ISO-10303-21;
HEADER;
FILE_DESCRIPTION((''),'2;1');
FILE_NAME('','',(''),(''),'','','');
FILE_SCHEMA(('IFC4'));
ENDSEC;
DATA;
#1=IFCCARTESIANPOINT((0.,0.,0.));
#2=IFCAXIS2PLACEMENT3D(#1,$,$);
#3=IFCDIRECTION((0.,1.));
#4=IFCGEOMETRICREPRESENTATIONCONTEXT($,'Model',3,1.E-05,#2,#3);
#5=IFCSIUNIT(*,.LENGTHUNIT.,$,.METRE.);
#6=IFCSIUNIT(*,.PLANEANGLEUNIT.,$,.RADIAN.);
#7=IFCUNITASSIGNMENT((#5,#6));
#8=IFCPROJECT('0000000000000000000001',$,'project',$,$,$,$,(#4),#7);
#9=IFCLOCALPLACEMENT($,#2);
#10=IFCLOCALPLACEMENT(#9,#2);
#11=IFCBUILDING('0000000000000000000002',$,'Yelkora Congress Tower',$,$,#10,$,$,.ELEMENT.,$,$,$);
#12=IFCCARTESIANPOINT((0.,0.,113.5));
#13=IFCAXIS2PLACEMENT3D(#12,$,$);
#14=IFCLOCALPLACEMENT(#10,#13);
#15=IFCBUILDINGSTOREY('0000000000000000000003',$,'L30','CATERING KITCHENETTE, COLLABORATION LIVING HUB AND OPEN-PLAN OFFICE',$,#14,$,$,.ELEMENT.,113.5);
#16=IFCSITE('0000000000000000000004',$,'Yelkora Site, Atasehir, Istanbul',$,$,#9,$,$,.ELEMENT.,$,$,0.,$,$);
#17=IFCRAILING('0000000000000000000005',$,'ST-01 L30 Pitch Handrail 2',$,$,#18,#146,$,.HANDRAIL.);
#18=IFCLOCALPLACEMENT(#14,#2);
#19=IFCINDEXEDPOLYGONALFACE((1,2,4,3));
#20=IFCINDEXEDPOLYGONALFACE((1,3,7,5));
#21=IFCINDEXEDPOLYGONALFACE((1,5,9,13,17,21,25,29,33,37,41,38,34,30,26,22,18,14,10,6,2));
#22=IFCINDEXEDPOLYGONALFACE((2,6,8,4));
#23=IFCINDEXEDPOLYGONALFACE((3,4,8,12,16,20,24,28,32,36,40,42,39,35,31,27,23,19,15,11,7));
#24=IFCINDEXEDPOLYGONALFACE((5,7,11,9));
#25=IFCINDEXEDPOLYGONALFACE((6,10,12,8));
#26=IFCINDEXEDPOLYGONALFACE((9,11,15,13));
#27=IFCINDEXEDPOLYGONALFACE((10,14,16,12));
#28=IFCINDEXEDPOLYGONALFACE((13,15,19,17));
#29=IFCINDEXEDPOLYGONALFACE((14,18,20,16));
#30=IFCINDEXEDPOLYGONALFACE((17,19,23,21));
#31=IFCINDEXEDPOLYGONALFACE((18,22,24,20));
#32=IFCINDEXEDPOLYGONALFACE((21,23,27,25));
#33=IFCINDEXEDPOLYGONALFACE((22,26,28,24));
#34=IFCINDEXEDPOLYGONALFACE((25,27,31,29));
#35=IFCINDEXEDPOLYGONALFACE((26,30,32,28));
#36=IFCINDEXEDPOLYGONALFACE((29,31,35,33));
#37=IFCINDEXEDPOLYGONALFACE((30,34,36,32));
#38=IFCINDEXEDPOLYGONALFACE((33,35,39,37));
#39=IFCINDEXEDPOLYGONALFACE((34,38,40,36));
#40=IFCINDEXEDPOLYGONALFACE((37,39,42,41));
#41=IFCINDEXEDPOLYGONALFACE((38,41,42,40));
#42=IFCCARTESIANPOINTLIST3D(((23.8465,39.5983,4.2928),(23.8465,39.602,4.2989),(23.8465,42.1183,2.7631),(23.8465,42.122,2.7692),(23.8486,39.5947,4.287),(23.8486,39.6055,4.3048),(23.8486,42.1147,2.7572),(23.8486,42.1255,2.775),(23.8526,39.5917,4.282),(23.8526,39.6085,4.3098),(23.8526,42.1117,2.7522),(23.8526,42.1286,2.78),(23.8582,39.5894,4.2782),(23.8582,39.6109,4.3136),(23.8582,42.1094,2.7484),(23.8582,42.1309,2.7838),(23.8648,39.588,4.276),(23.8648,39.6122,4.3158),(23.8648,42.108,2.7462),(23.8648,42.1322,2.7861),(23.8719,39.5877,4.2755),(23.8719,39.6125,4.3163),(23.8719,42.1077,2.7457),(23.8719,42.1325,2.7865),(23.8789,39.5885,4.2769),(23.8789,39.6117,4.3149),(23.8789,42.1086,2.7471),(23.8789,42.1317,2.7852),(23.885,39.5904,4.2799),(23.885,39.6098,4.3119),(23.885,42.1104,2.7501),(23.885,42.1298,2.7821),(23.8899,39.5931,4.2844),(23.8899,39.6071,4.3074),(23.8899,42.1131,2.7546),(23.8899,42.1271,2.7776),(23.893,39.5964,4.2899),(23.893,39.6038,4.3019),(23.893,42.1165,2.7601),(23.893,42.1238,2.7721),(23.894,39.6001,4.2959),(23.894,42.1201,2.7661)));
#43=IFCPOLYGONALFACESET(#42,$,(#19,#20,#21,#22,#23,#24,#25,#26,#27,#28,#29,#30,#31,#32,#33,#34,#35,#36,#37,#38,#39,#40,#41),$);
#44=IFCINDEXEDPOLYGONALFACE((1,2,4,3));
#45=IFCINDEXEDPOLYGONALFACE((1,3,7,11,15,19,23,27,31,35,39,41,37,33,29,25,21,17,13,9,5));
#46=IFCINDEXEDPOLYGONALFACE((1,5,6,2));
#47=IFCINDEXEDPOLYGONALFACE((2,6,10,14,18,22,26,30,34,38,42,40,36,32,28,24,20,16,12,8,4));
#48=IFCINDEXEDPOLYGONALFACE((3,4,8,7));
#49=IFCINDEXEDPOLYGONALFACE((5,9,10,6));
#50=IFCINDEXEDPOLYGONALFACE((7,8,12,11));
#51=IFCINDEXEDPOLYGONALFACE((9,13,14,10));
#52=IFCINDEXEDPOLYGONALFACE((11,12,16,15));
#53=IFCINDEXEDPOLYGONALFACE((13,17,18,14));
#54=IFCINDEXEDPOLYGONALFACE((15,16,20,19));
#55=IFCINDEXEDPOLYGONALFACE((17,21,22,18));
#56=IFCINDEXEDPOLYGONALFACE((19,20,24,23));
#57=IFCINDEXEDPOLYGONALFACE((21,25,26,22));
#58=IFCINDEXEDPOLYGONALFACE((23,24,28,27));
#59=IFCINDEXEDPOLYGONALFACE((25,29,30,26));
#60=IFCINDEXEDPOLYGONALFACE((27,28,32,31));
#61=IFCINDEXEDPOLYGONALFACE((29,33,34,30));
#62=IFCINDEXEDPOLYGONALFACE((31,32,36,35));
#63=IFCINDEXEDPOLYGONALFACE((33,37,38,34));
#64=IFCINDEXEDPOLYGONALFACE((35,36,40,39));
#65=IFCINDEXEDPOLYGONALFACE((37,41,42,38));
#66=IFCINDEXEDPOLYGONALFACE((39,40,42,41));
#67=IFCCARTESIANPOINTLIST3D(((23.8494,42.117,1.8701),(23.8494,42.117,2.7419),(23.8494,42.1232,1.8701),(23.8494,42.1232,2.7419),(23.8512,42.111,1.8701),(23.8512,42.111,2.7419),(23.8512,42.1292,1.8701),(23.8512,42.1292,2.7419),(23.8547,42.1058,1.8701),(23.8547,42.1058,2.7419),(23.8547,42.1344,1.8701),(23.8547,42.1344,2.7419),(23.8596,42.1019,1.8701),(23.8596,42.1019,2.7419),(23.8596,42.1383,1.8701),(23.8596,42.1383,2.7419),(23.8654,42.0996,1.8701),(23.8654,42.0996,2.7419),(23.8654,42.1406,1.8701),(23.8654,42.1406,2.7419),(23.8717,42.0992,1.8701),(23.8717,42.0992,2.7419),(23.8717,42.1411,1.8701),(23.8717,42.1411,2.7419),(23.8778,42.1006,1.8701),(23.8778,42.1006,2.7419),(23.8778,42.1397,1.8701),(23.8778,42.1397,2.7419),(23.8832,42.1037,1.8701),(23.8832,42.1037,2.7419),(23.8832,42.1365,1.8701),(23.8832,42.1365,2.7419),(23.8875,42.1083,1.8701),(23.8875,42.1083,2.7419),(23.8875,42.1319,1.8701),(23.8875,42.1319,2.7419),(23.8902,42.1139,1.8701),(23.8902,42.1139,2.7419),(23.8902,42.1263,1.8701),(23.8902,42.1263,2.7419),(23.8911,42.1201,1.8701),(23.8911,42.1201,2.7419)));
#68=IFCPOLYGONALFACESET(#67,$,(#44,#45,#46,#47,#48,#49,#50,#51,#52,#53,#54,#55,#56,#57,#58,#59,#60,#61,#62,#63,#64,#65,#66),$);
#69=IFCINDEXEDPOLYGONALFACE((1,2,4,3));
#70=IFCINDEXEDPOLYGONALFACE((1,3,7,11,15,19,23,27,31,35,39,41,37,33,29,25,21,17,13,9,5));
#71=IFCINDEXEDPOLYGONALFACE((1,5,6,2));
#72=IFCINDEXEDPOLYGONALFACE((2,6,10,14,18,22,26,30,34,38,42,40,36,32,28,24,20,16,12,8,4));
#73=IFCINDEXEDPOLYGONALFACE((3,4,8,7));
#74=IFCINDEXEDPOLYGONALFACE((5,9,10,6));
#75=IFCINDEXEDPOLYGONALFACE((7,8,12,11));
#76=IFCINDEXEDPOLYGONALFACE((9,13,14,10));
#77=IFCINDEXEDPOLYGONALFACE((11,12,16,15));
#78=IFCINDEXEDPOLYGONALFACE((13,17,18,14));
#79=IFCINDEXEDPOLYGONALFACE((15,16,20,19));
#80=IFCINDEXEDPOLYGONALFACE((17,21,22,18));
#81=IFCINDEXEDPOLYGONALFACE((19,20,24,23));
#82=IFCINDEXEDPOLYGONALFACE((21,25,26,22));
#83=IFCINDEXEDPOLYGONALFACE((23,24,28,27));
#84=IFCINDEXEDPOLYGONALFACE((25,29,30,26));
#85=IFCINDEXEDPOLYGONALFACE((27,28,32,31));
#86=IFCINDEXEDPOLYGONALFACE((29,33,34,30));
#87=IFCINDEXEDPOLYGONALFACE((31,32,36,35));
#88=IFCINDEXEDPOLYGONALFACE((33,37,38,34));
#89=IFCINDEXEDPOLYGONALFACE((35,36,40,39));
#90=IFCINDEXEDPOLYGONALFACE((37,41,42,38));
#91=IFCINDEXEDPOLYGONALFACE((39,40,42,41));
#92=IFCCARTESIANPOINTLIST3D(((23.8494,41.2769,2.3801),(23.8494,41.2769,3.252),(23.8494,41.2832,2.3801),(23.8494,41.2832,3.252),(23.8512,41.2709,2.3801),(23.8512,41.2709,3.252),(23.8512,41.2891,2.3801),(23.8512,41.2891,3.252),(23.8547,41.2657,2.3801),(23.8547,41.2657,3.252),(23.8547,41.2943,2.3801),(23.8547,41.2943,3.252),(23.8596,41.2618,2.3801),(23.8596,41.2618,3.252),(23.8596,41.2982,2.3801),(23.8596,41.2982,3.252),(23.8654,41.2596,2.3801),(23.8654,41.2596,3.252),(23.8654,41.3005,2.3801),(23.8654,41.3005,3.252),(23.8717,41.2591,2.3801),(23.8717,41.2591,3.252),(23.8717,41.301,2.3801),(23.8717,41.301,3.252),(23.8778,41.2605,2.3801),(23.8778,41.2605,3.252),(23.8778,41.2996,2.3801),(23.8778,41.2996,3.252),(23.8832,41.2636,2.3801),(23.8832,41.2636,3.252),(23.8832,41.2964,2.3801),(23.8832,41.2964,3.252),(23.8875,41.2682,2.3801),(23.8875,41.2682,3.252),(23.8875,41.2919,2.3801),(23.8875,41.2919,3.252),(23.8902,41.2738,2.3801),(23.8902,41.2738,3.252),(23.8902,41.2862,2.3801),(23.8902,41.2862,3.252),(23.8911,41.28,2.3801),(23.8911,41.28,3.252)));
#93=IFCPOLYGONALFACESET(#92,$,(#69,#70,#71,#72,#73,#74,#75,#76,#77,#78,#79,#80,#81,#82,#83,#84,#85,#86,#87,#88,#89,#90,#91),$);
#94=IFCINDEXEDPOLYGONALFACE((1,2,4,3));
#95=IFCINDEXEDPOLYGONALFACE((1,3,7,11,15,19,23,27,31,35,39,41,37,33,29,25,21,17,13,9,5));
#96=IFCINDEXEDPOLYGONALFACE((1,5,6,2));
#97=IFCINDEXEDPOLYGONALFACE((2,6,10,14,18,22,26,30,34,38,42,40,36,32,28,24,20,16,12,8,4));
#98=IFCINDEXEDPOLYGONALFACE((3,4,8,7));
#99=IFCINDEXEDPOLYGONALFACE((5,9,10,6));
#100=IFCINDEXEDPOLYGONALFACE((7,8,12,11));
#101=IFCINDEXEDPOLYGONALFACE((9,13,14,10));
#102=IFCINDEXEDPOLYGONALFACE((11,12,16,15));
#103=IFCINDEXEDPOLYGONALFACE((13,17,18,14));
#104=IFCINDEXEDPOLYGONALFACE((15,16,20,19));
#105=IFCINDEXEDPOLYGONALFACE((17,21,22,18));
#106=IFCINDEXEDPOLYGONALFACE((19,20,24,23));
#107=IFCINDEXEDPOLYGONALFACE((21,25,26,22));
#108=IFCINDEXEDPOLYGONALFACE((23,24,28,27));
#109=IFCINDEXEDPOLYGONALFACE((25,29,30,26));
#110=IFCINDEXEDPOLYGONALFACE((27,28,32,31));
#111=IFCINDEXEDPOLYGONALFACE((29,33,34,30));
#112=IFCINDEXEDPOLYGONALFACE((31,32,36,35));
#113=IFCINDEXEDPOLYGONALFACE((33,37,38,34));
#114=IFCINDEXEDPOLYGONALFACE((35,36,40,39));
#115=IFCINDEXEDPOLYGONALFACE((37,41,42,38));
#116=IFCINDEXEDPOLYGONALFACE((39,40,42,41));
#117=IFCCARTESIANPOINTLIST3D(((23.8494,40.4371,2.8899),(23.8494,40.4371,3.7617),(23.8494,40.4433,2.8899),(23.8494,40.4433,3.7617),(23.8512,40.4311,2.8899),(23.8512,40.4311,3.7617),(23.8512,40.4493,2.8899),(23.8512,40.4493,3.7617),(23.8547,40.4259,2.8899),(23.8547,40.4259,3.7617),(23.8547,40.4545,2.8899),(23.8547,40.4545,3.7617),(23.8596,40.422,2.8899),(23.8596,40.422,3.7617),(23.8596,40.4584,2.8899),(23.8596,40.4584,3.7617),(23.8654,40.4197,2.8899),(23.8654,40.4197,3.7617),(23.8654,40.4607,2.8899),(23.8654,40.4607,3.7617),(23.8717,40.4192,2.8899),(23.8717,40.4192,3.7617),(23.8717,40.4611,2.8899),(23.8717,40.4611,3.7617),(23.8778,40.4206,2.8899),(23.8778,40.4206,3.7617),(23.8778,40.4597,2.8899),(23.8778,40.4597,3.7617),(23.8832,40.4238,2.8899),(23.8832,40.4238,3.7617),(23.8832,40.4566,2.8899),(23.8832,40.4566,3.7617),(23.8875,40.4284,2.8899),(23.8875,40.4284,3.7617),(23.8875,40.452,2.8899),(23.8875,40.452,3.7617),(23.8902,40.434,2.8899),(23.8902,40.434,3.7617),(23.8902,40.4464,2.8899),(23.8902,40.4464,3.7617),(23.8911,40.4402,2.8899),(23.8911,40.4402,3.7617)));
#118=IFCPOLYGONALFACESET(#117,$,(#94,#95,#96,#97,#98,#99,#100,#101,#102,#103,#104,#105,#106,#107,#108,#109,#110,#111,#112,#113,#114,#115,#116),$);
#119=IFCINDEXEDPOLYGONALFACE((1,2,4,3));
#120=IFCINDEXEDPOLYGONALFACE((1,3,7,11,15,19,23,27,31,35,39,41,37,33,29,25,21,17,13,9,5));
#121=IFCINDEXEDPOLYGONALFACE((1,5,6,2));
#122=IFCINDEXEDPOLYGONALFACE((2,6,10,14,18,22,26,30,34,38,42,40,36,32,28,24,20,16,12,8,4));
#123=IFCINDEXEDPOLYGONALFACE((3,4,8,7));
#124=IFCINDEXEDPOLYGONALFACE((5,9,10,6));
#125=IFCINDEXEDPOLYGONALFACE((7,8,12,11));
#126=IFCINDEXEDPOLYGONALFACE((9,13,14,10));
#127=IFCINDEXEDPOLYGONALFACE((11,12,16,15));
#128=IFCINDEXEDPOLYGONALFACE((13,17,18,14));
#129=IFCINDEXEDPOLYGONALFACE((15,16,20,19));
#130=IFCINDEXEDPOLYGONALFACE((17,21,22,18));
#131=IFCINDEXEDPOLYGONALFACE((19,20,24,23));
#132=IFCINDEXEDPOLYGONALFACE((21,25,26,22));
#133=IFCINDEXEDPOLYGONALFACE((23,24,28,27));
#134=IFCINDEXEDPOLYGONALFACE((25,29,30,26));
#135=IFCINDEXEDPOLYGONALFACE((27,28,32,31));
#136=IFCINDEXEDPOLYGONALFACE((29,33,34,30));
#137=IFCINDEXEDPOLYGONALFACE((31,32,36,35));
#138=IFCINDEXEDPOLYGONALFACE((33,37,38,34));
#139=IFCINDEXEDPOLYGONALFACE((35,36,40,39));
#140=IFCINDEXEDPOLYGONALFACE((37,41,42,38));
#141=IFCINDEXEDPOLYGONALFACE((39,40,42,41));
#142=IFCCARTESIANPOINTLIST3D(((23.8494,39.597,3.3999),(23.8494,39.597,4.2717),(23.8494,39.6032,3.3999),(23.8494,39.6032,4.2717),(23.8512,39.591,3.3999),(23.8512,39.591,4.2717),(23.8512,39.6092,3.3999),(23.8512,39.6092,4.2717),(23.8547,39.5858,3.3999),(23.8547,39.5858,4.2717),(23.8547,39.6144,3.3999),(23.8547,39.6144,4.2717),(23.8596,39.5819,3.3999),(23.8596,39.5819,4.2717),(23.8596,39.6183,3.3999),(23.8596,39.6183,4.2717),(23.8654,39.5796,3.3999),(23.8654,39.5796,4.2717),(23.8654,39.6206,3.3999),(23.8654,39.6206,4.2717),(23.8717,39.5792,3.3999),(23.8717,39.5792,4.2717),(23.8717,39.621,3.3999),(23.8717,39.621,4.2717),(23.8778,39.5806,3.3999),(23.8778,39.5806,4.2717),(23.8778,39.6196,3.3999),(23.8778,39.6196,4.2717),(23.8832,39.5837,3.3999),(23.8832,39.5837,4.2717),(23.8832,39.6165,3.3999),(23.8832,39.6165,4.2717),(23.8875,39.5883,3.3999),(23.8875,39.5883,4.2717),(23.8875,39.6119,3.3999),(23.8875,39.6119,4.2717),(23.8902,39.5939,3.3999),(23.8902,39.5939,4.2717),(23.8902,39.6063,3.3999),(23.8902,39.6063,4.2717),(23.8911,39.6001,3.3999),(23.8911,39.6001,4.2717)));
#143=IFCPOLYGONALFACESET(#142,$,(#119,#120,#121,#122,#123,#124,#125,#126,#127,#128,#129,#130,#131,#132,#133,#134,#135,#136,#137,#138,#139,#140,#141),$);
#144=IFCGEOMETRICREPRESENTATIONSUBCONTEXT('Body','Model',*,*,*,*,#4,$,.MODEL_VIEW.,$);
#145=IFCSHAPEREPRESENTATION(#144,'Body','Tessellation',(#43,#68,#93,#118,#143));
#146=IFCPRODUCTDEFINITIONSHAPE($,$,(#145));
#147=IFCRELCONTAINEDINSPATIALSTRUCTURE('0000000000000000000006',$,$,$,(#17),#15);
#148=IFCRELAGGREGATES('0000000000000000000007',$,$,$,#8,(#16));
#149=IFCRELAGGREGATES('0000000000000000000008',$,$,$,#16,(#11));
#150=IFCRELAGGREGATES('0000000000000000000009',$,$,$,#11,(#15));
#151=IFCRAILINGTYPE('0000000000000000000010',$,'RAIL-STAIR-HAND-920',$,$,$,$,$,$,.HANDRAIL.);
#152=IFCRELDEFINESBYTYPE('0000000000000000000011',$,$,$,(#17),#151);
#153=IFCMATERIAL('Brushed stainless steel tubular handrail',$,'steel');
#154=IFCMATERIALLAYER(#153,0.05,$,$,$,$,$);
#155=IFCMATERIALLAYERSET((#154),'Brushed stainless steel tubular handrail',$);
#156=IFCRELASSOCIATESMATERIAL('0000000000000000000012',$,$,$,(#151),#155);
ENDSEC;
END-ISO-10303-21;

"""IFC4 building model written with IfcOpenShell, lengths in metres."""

from ifc_helpers import new_model, si_unit, direction, frame, origin, origin_2d, place, context, subcontext, project, spatial, circle, extrude, material, layer, layer_set, type_object, element, save


model = new_model("IFC4")

# Units and contexts
model_context = context("Model", 3, precision=1e-05, world=origin(), true_north=direction((0.0, 1.0)))
body_context = subcontext(model_context, "Body", "Model", "MODEL_VIEW")
ifc_project = project(units=[si_unit("LENGTHUNIT", "METRE"), si_unit("PLANEANGLEUNIT", "RADIAN")], contexts=[model_context])

# Site, building, storey
site_placement = place(None, origin())
site = spatial("IfcSite", under=ifc_project, at=site_placement, Name="Yelkora Site, Atasehir, Istanbul", CompositionType="ELEMENT", RefElevation=0.0)
building_placement = place(site_placement, origin())
building = spatial("IfcBuilding", under=site, at=building_placement, Name="Yelkora Congress Tower", CompositionType="ELEMENT")
storey_placement = place(building_placement, frame((0.0, 0.0, 113.5)))
storey = spatial("IfcBuildingStorey", under=building, at=storey_placement, Name="L30", Description="CATERING KITCHENETTE, COLLABORATION LIVING HUB AND OPEN-PLAN OFFICE", CompositionType="ELEMENT", Elevation=113.5)

# Railing
ifc_material_1 = material(Name="Brushed stainless steel tubular handrail", Category="steel")
ifc_layer_1 = layer(ifc_material_1, 0.05)
ifc_layer_set_1 = layer_set([ifc_layer_1], Name="Brushed stainless steel tubular handrail")
railing_type_1 = type_object("IfcRailingType", Name="RAIL-STAIR-HAND-920", PredefinedType="HANDRAIL", material=ifc_layer_set_1)
railing_1_placement = place(storey_placement, frame((23.8701, 42.1201, 1.8701)))
element("IfcRailing", 1, at=railing_1_placement, inside=storey, type_object=railing_type_1, Name="ST-01 L30 Pitch Handrail 2", PredefinedType="HANDRAIL", context=body_context, shape_type="SweptSolid", body=[
    extrude(circle(Radius=0.0239, at=origin_2d()), frame((0.0, 0.0, 0.896), z_axis=(0.0, -0.854822, 0.518922), x_axis=(1.0, 0.0, 0.0)), (0.0, 0.0, 1.0), 2.948),
    extrude(circle(Radius=0.021, at=origin_2d()), origin(), (0.0, 0.0, 1.0), 0.8718),
    extrude(circle(Radius=0.021, at=origin_2d()), frame((0.0, -0.8401, 0.51)), (0.0, 0.0, 1.0), 0.8718),
    extrude(circle(Radius=0.021, at=origin_2d()), frame((0.0, -1.6799, 1.0198)), (0.0, 0.0, 1.0), 0.8718),
    extrude(circle(Radius=0.021, at=origin_2d()), frame((0.0, -2.52, 1.5298)), (0.0, 0.0, 1.0), 0.8718),
])

save(model, "model.ifc")
